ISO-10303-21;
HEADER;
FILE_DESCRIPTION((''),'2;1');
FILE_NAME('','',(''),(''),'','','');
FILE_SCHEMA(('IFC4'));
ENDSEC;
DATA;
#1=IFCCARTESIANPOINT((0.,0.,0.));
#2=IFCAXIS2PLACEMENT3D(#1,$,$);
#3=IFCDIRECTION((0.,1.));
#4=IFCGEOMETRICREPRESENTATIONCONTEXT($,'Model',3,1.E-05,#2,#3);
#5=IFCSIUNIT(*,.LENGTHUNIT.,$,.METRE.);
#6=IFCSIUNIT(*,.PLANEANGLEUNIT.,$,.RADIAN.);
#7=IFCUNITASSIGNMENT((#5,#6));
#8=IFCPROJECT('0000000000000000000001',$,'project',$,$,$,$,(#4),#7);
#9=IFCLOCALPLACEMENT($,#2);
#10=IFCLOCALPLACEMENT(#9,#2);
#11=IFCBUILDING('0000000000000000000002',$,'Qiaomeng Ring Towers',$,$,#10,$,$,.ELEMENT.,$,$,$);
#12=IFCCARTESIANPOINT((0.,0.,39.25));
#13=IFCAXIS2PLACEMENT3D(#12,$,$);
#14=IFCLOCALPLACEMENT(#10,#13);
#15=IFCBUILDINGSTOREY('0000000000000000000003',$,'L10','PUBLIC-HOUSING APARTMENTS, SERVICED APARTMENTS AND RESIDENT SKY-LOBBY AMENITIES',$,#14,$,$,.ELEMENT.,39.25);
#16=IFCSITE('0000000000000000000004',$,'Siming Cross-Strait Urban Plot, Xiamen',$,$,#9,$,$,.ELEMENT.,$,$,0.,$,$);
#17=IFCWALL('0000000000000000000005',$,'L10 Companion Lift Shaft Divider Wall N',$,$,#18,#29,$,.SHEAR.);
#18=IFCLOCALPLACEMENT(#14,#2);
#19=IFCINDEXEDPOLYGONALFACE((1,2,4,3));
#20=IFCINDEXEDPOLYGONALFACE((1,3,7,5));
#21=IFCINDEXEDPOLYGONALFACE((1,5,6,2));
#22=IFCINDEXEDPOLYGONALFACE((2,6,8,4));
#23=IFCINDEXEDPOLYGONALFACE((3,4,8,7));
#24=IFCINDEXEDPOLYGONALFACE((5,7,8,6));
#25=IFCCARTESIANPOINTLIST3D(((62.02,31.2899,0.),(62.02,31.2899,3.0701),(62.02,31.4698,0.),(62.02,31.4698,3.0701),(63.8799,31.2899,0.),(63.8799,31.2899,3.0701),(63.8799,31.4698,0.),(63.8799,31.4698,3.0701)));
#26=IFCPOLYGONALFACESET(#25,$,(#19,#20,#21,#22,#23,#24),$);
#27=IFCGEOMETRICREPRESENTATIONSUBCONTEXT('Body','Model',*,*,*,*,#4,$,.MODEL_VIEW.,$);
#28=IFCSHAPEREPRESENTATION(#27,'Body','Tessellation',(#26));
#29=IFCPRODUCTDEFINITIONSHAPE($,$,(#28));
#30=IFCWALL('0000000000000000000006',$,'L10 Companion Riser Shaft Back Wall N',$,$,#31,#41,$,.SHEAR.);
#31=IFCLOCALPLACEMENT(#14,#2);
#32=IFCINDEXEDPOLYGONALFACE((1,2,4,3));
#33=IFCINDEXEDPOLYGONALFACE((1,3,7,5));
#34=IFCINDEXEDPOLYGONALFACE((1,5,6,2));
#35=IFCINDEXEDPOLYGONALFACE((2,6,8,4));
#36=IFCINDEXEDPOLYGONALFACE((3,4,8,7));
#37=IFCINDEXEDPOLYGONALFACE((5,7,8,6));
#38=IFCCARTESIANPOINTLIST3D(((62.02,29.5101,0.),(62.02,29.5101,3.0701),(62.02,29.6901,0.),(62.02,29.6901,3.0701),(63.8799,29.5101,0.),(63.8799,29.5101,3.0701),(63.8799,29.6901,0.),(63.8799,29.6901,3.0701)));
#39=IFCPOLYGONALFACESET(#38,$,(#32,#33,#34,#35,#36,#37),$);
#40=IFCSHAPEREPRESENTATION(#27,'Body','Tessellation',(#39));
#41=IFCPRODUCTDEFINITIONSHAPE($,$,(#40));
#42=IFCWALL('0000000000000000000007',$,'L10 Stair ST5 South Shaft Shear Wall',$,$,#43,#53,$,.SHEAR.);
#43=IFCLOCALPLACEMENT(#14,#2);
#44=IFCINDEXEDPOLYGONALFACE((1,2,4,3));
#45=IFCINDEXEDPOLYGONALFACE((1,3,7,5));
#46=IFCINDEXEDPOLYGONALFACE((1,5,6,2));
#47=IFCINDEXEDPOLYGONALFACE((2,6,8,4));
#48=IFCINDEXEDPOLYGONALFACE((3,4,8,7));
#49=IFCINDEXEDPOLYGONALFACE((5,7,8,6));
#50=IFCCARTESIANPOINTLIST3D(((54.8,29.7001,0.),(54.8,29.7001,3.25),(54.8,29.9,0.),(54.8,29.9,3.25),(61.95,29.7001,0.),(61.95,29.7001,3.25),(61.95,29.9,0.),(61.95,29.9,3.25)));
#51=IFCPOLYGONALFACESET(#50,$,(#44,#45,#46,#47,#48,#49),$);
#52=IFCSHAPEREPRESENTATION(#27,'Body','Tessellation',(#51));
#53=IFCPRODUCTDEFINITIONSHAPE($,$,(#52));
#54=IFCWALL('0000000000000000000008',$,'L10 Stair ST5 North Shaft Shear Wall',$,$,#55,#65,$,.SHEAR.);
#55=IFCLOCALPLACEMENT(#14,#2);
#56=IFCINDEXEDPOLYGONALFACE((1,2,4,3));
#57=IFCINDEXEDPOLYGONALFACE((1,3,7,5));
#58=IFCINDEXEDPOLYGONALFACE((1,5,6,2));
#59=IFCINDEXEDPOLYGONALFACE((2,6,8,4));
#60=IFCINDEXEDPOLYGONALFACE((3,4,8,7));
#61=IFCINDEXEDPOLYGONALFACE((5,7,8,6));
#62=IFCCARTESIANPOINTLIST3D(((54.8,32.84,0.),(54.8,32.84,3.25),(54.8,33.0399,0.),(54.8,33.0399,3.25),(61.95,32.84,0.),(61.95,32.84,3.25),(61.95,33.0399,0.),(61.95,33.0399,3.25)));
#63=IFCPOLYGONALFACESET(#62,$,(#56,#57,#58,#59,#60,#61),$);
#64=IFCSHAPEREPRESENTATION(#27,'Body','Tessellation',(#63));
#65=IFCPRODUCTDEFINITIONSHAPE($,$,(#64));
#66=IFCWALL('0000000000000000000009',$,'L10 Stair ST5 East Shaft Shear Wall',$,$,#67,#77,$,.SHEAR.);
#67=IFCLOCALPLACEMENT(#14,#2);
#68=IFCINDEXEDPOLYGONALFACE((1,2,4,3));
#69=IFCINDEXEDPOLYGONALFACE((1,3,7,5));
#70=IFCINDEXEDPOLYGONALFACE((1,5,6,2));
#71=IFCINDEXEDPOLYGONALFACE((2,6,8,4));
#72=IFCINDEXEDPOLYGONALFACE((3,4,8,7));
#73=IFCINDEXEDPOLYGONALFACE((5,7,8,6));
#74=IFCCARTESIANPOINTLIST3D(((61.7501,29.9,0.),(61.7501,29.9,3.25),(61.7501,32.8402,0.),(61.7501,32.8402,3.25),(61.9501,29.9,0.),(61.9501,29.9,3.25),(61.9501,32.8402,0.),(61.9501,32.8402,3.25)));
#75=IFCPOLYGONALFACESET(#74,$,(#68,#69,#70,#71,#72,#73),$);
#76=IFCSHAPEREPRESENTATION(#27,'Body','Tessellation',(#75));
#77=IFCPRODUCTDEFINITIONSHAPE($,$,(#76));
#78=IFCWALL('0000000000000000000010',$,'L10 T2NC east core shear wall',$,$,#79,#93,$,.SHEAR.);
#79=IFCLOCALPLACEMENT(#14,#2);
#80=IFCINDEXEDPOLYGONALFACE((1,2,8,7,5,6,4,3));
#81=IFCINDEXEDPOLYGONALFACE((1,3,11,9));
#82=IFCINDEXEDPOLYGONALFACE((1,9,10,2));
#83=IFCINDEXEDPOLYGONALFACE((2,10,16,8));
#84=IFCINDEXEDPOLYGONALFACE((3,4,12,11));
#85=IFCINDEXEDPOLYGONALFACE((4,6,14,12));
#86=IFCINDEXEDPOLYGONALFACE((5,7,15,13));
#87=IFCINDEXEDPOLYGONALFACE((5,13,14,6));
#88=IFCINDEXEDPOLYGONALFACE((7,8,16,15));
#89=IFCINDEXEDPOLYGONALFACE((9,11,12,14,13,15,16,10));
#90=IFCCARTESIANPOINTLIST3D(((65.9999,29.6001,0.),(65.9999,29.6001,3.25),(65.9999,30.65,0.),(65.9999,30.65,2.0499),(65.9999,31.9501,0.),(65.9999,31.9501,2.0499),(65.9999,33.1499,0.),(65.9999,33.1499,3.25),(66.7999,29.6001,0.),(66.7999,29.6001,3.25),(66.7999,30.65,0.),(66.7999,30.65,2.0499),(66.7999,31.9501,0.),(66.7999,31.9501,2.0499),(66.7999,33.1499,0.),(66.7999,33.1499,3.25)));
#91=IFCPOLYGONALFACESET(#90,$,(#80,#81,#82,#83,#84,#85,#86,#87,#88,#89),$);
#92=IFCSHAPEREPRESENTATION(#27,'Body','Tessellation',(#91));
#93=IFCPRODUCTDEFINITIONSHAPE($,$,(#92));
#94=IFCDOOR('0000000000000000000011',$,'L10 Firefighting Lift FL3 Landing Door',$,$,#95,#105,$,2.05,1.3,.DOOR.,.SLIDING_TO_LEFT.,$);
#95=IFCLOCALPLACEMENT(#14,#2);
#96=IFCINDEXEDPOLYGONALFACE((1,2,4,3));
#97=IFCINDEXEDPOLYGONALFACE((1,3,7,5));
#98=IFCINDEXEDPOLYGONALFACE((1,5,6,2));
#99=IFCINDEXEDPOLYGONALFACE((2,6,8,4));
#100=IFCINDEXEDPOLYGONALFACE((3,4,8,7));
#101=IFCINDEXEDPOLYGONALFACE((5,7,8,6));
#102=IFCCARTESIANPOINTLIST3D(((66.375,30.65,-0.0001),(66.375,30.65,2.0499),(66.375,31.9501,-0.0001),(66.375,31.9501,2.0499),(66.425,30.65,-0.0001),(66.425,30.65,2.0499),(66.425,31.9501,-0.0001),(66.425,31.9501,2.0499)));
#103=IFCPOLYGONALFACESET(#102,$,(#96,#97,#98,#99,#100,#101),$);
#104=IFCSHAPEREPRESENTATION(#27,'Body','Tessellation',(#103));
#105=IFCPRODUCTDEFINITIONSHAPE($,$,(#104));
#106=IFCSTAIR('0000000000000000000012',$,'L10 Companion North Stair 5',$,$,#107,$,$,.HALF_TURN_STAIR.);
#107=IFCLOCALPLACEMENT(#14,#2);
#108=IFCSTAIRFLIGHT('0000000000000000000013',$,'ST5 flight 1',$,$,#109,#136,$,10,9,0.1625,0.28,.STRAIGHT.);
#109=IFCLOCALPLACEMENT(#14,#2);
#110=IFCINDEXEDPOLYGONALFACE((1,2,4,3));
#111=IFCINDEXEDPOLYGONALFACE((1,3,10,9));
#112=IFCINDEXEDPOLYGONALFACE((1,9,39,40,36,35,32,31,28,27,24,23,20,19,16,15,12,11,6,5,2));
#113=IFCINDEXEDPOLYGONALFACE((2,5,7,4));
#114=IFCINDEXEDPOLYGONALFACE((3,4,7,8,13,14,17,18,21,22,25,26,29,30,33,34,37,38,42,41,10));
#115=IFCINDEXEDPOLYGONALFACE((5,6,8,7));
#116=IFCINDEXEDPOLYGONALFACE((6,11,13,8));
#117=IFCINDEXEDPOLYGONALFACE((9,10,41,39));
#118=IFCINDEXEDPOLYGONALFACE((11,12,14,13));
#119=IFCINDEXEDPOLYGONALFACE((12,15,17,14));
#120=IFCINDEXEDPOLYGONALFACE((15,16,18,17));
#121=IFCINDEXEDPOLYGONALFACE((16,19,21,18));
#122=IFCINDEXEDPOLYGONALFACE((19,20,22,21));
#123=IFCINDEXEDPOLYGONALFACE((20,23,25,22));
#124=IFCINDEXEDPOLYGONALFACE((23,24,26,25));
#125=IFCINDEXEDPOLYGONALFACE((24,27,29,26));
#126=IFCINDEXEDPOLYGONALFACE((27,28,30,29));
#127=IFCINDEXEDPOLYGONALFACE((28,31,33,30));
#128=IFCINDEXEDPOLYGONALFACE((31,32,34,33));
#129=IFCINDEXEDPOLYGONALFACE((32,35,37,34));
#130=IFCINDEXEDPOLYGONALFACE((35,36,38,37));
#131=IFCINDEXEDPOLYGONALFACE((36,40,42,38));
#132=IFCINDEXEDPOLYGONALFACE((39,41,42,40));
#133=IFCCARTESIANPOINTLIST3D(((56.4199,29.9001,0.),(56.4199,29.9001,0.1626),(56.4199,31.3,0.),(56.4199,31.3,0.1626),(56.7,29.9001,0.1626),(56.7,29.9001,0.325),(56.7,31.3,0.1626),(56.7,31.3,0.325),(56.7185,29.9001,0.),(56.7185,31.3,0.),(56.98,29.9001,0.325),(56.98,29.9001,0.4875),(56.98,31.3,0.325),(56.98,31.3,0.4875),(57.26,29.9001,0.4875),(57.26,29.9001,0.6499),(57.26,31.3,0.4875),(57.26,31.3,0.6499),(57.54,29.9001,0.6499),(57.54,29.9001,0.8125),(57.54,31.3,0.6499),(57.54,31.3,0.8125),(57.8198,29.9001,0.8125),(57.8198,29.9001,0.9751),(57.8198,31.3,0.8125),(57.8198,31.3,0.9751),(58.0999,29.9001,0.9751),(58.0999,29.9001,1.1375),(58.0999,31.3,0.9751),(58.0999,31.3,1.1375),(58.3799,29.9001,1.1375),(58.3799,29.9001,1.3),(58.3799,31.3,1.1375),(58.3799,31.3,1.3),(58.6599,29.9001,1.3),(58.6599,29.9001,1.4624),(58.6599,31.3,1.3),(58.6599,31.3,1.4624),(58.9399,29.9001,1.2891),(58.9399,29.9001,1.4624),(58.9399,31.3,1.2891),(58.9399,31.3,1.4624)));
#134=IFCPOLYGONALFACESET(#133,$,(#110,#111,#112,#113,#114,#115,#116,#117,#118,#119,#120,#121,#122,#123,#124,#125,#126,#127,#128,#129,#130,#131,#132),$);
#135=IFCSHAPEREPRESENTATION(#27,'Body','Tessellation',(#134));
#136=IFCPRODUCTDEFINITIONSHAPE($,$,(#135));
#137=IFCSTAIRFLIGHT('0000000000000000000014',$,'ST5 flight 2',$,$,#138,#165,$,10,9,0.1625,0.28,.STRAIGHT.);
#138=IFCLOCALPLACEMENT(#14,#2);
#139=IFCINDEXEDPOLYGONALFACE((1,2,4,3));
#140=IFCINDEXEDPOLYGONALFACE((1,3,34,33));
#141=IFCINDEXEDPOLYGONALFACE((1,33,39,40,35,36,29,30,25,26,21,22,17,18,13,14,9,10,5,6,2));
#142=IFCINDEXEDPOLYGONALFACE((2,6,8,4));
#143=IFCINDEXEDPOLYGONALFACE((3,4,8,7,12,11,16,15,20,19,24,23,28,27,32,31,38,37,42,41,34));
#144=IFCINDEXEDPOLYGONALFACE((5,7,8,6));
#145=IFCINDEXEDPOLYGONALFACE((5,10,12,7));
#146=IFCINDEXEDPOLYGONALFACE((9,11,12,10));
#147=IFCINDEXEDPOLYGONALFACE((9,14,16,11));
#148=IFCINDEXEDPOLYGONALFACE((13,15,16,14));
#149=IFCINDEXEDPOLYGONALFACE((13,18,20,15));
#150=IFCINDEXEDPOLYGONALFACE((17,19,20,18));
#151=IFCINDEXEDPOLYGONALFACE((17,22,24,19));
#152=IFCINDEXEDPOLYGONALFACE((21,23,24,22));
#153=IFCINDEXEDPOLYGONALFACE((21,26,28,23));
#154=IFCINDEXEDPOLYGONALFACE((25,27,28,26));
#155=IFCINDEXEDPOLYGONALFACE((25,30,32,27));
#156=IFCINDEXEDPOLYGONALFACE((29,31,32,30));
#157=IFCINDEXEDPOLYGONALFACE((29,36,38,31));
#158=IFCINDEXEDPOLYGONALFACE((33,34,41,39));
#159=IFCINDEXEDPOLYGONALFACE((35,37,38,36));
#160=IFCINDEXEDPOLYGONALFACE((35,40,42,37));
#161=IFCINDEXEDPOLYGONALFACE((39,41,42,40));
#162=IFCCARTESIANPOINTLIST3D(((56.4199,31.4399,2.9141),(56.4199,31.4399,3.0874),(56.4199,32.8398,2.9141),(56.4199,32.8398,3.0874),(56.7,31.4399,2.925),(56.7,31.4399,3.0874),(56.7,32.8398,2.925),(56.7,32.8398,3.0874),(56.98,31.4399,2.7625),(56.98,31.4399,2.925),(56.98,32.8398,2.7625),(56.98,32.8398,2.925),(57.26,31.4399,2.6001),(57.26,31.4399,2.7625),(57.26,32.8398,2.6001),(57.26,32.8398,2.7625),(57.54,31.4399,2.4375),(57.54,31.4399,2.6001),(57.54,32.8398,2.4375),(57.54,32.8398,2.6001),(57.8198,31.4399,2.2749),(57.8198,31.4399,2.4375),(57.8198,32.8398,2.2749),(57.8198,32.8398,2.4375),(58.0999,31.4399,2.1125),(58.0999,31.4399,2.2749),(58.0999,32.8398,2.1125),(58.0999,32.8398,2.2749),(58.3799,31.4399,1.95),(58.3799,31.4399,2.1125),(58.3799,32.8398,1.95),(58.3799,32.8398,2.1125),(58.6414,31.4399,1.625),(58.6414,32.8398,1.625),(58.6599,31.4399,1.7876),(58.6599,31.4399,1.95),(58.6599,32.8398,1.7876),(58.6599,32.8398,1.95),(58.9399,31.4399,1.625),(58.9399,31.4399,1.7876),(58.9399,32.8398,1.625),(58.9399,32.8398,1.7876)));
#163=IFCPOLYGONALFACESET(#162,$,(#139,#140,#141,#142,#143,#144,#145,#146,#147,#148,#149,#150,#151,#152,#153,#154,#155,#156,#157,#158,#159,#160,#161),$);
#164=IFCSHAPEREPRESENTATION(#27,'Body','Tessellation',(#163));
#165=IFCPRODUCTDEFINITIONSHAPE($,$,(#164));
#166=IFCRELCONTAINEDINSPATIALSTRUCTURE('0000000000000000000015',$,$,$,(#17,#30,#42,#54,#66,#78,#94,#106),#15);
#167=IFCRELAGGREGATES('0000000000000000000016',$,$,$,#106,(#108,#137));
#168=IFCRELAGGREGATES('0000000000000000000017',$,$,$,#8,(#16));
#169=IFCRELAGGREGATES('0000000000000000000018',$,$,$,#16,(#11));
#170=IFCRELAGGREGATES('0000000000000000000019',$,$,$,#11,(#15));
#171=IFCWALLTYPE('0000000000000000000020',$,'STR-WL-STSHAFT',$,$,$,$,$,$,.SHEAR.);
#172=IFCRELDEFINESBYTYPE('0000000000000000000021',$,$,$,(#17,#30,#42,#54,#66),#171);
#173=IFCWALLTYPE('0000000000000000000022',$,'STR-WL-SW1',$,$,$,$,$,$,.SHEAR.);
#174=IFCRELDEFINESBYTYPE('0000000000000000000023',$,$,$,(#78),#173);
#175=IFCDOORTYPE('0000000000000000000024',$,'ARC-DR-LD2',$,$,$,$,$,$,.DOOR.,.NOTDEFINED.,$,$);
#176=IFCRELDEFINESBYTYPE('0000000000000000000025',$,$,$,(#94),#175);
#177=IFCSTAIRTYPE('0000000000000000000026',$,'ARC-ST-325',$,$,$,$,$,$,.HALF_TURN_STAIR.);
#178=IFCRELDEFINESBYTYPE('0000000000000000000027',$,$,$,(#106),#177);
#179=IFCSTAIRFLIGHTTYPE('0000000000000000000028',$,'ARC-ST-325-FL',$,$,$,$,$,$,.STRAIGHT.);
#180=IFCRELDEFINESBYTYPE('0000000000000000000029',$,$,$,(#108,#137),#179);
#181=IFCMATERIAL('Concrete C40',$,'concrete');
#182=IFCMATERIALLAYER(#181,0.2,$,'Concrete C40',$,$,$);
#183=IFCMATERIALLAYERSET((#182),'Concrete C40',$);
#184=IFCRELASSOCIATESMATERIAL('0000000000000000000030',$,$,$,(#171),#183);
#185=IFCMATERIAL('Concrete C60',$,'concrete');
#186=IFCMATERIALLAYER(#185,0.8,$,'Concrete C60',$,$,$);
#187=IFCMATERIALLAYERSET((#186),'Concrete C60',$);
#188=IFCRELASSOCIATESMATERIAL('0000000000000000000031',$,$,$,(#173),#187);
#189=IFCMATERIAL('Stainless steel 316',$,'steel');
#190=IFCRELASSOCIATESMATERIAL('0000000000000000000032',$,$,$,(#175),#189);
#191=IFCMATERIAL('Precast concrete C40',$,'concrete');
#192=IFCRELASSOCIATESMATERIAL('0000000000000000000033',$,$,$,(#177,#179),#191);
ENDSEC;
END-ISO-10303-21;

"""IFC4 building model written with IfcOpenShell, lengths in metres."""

from ifc_helpers import new_model, si_unit, direction, frame, frame_2d, origin, place, context, subcontext, project, spatial, polyline, rectangle, outline, extrude, source, transform, mapped, material, layer, layer_set, type_object, element, fill, aggregate, save


model = new_model("IFC4")

# Units and contexts
model_context = context("Model", 3, precision=1e-05, world=origin(), true_north=direction((0.0, 1.0)))
body_context = subcontext(model_context, "Body", "Model", "MODEL_VIEW")
ifc_project = project(units=[si_unit("LENGTHUNIT", "METRE"), si_unit("PLANEANGLEUNIT", "RADIAN")], contexts=[model_context])

# Site, building, storey
site_placement = place(None, origin())
site = spatial("IfcSite", under=ifc_project, at=site_placement, Name="Siming Cross-Strait Urban Plot, Xiamen", CompositionType="ELEMENT", RefElevation=0.0)
building_placement = place(site_placement, origin())
building = spatial("IfcBuilding", under=site, at=building_placement, Name="Qiaomeng Ring Towers", CompositionType="ELEMENT")
storey_placement = place(building_placement, frame((0.0, 0.0, 39.25)))
storey = spatial("IfcBuildingStorey", under=building, at=storey_placement, Name="L10", Description="PUBLIC-HOUSING APARTMENTS, SERVICED APARTMENTS AND RESIDENT SKY-LOBBY AMENITIES", CompositionType="ELEMENT", Elevation=39.25)

# Walls
ifc_material_1 = material(Name="Concrete C40", Category="concrete")
ifc_layer_1 = layer(ifc_material_1, 0.2, Name="Concrete C40")
ifc_layer_set_1 = layer_set([ifc_layer_1], Name="Concrete C40")
wall_type_1 = type_object("IfcWallType", Name="STR-WL-STSHAFT", PredefinedType="SHEAR", material=ifc_layer_set_1)
for number, where, z_axis, x_axis, name in (
    (1, (62.02, 31.3799, 0.0), (0.0, 0.0, 1.0), (1.0, 0.0, 0.0), "L10 Companion Lift Shaft Divider Wall N"),
    (2, (62.02, 29.6001, 0.0), (0.0, 0.0, 1.0), (1.0, 0.0, 0.0), "L10 Companion Riser Shaft Back Wall N"),
):
    element("IfcWall", number, at=place(storey_placement, frame(where, z_axis=z_axis, x_axis=x_axis)), inside=storey, type_object=wall_type_1, Name=name, PredefinedType="SHEAR", context=body_context, shape_type="SweptSolid", body=[
        extrude(rectangle(XDim=1.8599, YDim=0.1799, at=frame_2d((0.9299, 0.0))), origin(), (0.0, 0.0, 1.0), 3.0701),
    ])
for number, where, z_axis, x_axis, name in (
    (3, (54.8, 29.8, 0.0), (0.0, 0.0, 1.0), (1.0, 0.0, 0.0), "L10 Stair ST5 South Shaft Shear Wall"),
    (4, (54.8, 32.9399, 0.0), (0.0, 0.0, 1.0), (1.0, 0.0, 0.0), "L10 Stair ST5 North Shaft Shear Wall"),
):
    element("IfcWall", number, at=place(storey_placement, frame(where, z_axis=z_axis, x_axis=x_axis)), inside=storey, type_object=wall_type_1, Name=name, PredefinedType="SHEAR", context=body_context, shape_type="SweptSolid", body=[
        extrude(rectangle(XDim=7.1499, YDim=0.2, at=frame_2d((3.575, 0.0))), origin(), (0.0, 0.0, 1.0), 3.25),
    ])
wall_1_placement = place(storey_placement, frame((61.8501, 29.8999, 0.0), z_axis=(0.0, 0.0, 1.0), x_axis=(0.0, 1.0, 0.0)))
element("IfcWall", 5, at=wall_1_placement, inside=storey, type_object=wall_type_1, Name="L10 Stair ST5 East Shaft Shear Wall", PredefinedType="SHEAR", context=body_context, shape_type="SweptSolid", body=[
    extrude(rectangle(XDim=2.9402, YDim=0.2, at=frame_2d((1.4702, 0.0))), origin(), (0.0, 0.0, 1.0), 3.25),
])

# Wall, opening, door
ifc_material_2 = material(Name="Concrete C60", Category="concrete")
ifc_layer_2 = layer(ifc_material_2, 0.8, Name="Concrete C60")
ifc_layer_set_2 = layer_set([ifc_layer_2], Name="Concrete C60")
wall_type_2 = type_object("IfcWallType", Name="STR-WL-SW1", PredefinedType="SHEAR", material=ifc_layer_set_2)
wall_2_placement = place(storey_placement, frame((66.3999, 29.6001, 0.0), z_axis=(0.0, 0.0, 1.0), x_axis=(0.0, 1.0, 0.0)))
wall_2 = element("IfcWall", 6, at=wall_2_placement, inside=storey, type_object=wall_type_2, Name="L10 T2NC east core shear wall", PredefinedType="SHEAR", context=body_context, shape_type="SweptSolid", body=[
    extrude(rectangle(XDim=3.5498, YDim=0.8, at=frame_2d((1.7749, 0.0))), origin(), (0.0, 0.0, 1.0), 3.25),
])
opening_placement = place(wall_2_placement, frame((1.05, 0.0, 0.0)))
opening = element("IfcOpeningElement", 7, at=opening_placement, cuts=wall_2, PredefinedType="OPENING", context=body_context, shape_type="SweptSolid", body=[
    extrude(rectangle(XDim=1.3, YDim=2.05, at=frame_2d((0.6499, 1.0249))), frame((0.0, 0.4099, 0.0), z_axis=(0.0, -1.0, 0.0), x_axis=(1.0, 0.0, 0.0)), (0.0, 0.0, 1.0), 0.8201),
])
ifc_material_3 = material(Name="Stainless steel 316", Category="steel")
door_type = type_object("IfcDoorType", Name="ARC-DR-LD2", OperationType="NOTDEFINED", PredefinedType="DOOR", material=ifc_material_3)
shared_shape_1 = source(origin(), body_context, "Body", "SweptSolid", [
    extrude(rectangle(XDim=1.3, YDim=2.05, at=frame_2d((0.6499, 1.0249))), frame((0.0, 0.0249, 0.0), z_axis=(0.0, -1.0, 0.0), x_axis=(1.0, 0.0, 0.0)), (0.0, 0.0, 1.0), 0.05),
])
door_placement = place(opening_placement, origin())
door = element("IfcDoor", 8, at=door_placement, inside=storey, type_object=door_type, Name="L10 Firefighting Lift FL3 Landing Door", OperationType="SLIDING_TO_LEFT", OverallHeight=2.05, OverallWidth=1.3, PredefinedType="DOOR", context=body_context, shape_type="MappedRepresentation", body=[
    mapped(shared_shape_1, transform((0.0, 0.0, 0.0), x_axis=(1.0, 0.0, 0.0), y_axis=(0.0, 1.0, 0.0), z_axis=(0.0, 0.0, 1.0), scale=1.0)),
])
fill(opening, door)

# Stair, stair flights
ifc_material_4 = material(Name="Precast concrete C40", Category="concrete")
stair_type = type_object("IfcStairType", Name="ARC-ST-325", PredefinedType="HALF_TURN_STAIR", material=ifc_material_4)
stair_placement = place(storey_placement, origin())
stair = element("IfcStair", 9, at=stair_placement, inside=storey, type_object=stair_type, Name="L10 Companion North Stair 5", PredefinedType="HALF_TURN_STAIR")
stair_flight_type = type_object("IfcStairFlightType", Name="ARC-ST-325-FL", PredefinedType="STRAIGHT", material=ifc_material_4)
shared_shape_2 = source(origin(), body_context, "Body", "SweptSolid", [
    extrude(outline(polyline([(0.0, 0.0), (0.0, 0.1626), (0.28, 0.1626), (0.28, 0.325), (0.5601, 0.325), (0.5601, 0.4875), (0.8401, 0.4875), (0.8401, 0.6499), (1.1201, 0.6499), (1.1201, 0.8125), (1.3999, 0.8125), (1.3999, 0.9751), (1.6799, 0.9751), (1.6799, 1.1375), (1.96, 1.1375), (1.96, 1.3), (2.24, 1.3), (2.24, 1.4624), (2.52, 1.4624), (2.52, 1.625), (2.52, 1.2891), (0.2986, 0.0), (0.0, 0.0)])), frame((0.0, 0.7, 0.0), z_axis=(0.0, -1.0, 0.0), x_axis=(1.0, 0.0, 0.0)), (0.0, 0.0, 1.0), 1.3999),
])
stair_flight_1_placement = place(storey_placement, frame((56.4199, 30.6001, 0.0), z_axis=(0.0, 0.0, 1.0), x_axis=(1.0, 0.0, 0.0)))
stair_flight_1 = element("IfcStairFlight", 10, at=stair_flight_1_placement, type_object=stair_flight_type, Name="ST5 flight 1", NumberOfRisers=10, NumberOfTreads=9, PredefinedType="STRAIGHT", RiserHeight=0.1625, TreadLength=0.28, context=body_context, shape_type="MappedRepresentation", body=[
    mapped(shared_shape_2, transform((0.0, 0.0, 0.0), x_axis=(1.0, 0.0, 0.0), y_axis=(0.0, 1.0, 0.0), z_axis=(0.0, 0.0, 1.0), scale=1.0)),
])
stair_flight_2_placement = place(storey_placement, frame((58.9399, 32.1399, 1.625), z_axis=(0.0, 0.0, 1.0), x_axis=(-1.0, 0.0, 0.0)))
stair_flight_2 = element("IfcStairFlight", 11, at=stair_flight_2_placement, type_object=stair_flight_type, Name="ST5 flight 2", NumberOfRisers=10, NumberOfTreads=9, PredefinedType="STRAIGHT", RiserHeight=0.1625, TreadLength=0.28, context=body_context, shape_type="MappedRepresentation", body=[
    mapped(shared_shape_2, transform((0.0, 0.0, 0.0), x_axis=(1.0, 0.0, 0.0), y_axis=(0.0, 1.0, 0.0), z_axis=(0.0, 0.0, 1.0), scale=1.0)),
])
aggregate(stair, [stair_flight_1, stair_flight_2])

save(model, "model.ifc")
